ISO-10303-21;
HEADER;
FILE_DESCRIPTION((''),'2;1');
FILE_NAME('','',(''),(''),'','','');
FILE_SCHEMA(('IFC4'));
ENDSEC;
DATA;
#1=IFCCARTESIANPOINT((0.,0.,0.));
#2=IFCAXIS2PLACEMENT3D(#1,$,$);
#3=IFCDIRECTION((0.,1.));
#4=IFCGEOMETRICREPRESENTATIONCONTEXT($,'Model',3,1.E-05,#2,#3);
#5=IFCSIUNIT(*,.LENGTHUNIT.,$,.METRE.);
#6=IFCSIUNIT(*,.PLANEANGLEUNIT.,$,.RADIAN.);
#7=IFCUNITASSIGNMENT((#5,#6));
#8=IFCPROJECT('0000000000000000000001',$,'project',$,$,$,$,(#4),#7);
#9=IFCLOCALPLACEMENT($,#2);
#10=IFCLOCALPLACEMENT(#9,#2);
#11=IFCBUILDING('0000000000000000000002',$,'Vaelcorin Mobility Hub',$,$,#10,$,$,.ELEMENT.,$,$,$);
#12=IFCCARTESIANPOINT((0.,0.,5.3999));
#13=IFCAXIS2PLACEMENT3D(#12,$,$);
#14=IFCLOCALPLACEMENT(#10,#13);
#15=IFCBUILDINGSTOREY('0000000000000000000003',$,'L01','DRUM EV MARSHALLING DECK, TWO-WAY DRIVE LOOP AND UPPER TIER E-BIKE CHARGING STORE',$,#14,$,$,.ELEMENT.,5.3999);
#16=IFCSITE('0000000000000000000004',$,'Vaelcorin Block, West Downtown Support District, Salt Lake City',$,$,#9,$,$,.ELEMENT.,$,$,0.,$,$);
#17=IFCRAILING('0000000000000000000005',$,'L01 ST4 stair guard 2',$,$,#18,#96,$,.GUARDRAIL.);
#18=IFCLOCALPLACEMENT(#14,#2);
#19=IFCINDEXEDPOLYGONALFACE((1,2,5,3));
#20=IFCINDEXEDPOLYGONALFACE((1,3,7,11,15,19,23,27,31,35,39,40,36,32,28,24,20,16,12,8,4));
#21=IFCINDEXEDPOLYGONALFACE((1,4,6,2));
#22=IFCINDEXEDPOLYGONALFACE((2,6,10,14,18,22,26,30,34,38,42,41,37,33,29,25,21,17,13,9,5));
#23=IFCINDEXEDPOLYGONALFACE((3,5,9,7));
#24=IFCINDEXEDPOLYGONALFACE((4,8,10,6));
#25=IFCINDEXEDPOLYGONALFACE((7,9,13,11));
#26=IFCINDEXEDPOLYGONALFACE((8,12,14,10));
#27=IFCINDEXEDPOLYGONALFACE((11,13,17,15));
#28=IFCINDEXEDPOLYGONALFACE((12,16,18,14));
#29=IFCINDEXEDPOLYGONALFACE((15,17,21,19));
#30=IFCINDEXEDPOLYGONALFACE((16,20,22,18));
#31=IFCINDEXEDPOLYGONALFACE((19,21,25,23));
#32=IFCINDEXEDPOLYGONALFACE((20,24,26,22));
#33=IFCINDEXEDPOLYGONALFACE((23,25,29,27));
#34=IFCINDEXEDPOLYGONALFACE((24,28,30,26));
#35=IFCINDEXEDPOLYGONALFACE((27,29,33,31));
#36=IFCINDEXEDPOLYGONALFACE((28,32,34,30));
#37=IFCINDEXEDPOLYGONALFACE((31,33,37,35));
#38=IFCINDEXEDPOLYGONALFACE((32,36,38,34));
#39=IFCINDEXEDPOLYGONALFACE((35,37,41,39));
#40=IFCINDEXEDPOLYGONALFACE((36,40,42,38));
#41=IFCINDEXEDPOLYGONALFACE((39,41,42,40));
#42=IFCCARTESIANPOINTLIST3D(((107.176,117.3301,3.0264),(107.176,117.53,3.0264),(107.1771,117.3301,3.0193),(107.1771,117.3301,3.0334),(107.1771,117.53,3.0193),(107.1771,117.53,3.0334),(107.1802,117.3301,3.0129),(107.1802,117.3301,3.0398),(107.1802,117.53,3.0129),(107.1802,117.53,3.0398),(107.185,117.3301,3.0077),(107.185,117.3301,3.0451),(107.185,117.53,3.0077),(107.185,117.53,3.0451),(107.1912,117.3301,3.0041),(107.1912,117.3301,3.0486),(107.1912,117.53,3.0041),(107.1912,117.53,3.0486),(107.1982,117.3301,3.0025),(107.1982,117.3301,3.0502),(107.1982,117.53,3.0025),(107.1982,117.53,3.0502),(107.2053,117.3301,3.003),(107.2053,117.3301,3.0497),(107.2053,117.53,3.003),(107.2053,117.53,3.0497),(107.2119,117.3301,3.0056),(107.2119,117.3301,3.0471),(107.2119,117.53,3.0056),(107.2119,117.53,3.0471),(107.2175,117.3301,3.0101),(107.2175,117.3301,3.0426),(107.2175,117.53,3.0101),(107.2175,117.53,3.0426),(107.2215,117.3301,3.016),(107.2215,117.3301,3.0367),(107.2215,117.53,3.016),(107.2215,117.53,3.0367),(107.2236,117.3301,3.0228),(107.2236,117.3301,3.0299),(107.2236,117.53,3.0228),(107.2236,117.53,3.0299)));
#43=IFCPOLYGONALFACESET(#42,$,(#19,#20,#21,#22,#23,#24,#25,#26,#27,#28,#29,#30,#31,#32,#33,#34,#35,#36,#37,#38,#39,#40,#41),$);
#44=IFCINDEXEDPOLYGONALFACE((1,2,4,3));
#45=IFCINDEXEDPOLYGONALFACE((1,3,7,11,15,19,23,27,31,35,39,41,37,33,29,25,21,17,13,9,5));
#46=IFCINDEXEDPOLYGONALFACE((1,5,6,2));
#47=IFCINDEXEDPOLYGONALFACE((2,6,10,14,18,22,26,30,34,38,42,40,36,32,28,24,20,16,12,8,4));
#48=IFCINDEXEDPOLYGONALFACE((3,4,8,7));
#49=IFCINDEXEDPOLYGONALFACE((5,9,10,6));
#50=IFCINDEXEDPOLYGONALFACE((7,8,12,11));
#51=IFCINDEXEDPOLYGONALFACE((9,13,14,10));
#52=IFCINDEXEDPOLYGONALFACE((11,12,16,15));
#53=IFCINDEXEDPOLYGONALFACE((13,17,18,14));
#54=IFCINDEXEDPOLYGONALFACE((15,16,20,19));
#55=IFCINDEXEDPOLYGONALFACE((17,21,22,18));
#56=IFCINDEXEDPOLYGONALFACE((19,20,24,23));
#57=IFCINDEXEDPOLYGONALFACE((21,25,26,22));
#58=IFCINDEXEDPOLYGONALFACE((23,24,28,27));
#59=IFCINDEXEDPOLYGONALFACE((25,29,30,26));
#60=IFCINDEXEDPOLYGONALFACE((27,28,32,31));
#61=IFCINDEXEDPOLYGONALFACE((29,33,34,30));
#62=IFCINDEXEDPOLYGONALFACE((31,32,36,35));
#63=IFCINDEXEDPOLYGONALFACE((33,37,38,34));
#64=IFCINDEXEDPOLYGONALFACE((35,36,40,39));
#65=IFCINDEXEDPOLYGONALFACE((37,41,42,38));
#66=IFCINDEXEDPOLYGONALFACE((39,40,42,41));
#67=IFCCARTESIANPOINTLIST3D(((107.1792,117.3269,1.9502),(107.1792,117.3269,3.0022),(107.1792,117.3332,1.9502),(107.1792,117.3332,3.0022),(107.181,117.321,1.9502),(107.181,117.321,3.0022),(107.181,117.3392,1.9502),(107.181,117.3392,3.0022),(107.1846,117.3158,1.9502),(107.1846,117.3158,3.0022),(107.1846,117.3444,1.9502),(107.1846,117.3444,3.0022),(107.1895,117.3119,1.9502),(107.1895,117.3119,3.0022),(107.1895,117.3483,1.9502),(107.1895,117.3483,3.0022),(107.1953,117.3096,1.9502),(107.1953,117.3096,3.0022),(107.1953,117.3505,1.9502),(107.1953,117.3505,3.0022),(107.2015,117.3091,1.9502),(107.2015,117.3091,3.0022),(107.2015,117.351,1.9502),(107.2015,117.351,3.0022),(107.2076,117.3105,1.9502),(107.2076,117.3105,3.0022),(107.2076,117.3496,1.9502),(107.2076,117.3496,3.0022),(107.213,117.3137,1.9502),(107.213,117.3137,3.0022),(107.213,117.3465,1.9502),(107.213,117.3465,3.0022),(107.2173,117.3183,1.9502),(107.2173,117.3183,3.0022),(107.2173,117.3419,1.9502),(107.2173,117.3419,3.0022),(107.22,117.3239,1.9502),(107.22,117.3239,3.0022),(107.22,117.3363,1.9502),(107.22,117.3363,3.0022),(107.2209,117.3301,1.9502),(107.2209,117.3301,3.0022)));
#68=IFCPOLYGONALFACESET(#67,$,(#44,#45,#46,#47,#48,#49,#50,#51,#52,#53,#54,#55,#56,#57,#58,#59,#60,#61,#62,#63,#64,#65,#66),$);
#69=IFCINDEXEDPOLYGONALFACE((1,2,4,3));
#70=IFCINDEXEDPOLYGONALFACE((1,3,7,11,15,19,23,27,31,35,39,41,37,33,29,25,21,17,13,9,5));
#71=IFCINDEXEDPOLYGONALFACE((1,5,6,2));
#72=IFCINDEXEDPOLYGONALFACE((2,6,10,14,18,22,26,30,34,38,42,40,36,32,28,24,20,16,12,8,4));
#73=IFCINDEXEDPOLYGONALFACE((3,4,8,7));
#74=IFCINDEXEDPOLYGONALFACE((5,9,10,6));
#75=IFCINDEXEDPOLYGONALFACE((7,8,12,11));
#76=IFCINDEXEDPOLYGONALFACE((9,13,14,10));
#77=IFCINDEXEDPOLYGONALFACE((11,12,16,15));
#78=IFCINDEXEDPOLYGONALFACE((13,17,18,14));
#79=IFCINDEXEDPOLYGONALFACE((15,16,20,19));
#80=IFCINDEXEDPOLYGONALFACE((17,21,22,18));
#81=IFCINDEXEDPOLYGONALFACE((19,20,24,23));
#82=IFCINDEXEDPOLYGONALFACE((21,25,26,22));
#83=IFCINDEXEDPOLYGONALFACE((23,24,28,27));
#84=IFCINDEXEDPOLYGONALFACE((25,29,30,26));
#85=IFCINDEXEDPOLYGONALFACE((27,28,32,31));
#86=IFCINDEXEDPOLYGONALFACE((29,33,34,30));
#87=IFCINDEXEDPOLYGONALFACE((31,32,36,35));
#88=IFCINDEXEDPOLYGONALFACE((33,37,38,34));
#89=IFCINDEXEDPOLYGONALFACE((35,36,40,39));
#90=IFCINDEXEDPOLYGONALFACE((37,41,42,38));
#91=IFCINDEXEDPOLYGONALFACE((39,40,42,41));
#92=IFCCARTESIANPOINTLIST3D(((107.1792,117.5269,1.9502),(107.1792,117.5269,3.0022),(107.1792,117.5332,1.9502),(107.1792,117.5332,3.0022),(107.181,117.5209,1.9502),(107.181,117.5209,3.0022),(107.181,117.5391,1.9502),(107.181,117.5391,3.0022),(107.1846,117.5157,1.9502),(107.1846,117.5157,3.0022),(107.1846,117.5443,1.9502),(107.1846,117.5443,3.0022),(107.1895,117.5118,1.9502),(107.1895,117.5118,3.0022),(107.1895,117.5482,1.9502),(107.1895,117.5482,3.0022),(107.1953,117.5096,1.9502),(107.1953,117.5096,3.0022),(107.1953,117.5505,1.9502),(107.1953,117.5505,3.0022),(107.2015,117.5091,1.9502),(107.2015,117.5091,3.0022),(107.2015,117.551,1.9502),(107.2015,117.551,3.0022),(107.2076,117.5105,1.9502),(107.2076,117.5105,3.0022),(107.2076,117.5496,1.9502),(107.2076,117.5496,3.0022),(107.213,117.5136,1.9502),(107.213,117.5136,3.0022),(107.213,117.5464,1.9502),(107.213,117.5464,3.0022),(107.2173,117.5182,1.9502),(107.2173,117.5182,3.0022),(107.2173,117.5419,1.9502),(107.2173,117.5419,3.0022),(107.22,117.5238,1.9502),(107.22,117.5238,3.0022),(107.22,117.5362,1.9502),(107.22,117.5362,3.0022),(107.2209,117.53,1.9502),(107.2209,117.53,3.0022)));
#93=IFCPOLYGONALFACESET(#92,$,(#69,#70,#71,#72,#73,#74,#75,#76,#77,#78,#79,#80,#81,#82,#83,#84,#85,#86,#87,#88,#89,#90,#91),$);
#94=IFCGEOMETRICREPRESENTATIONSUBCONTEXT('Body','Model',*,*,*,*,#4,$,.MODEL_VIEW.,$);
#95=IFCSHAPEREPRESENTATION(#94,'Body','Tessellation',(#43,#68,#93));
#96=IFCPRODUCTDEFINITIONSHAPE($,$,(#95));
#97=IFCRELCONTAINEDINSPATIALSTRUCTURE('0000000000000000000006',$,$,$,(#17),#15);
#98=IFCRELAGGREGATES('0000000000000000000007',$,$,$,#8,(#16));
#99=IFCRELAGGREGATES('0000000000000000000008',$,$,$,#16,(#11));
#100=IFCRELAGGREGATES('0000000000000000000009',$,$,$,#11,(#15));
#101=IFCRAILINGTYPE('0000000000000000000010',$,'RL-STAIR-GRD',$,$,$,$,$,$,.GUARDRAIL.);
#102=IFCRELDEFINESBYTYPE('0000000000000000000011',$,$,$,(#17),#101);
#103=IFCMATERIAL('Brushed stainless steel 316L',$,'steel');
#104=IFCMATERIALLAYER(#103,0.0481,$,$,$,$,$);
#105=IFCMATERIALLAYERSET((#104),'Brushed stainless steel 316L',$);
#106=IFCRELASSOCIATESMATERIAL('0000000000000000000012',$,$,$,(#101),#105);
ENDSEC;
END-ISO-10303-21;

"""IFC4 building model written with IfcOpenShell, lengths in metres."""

from ifc_helpers import new_model, si_unit, direction, frame, origin, origin_2d, place, context, subcontext, project, spatial, circle, extrude, material, layer, layer_set, type_object, element, save


model = new_model("IFC4")

# Units and contexts
model_context = context("Model", 3, precision=1e-05, world=origin(), true_north=direction((0.0, 1.0)))
body_context = subcontext(model_context, "Body", "Model", "MODEL_VIEW")
ifc_project = project(units=[si_unit("LENGTHUNIT", "METRE"), si_unit("PLANEANGLEUNIT", "RADIAN")], contexts=[model_context])

# Site, building, storey
site_placement = place(None, origin())
site = spatial("IfcSite", under=ifc_project, at=site_placement, Name="Vaelcorin Block, West Downtown Support District, Salt Lake City", CompositionType="ELEMENT", RefElevation=0.0)
building_placement = place(site_placement, origin())
building = spatial("IfcBuilding", under=site, at=building_placement, Name="Vaelcorin Mobility Hub", CompositionType="ELEMENT")
storey_placement = place(building_placement, frame((0.0, 0.0, 5.3999)))
storey = spatial("IfcBuildingStorey", under=building, at=storey_placement, Name="L01", Description="DRUM EV MARSHALLING DECK, TWO-WAY DRIVE LOOP AND UPPER TIER E-BIKE CHARGING STORE", CompositionType="ELEMENT", Elevation=5.3999)

# Railing
ifc_material_1 = material(Name="Brushed stainless steel 316L", Category="steel")
ifc_layer_1 = layer(ifc_material_1, 0.0481)
ifc_layer_set_1 = layer_set([ifc_layer_1], Name="Brushed stainless steel 316L")
railing_type_1 = type_object("IfcRailingType", Name="RL-STAIR-GRD", PredefinedType="GUARDRAIL", material=ifc_layer_set_1)
railing_1_placement = place(storey_placement, frame((107.2, 117.3301, 1.9502)))
element("IfcRailing", 1, at=railing_1_placement, inside=storey, type_object=railing_type_1, Name="L01 ST4 stair guard 2", PredefinedType="GUARDRAIL", context=body_context, shape_type="SweptSolid", body=[
    extrude(circle(Radius=0.0239, at=origin_2d()), frame((0.0, 0.0, 1.0762), z_axis=(0.0, 1.0, 0.0), x_axis=(-1.0, 0.0, 0.0)), (0.0, 0.0, 1.0), 0.2),
    extrude(circle(Radius=0.021, at=origin_2d()), origin(), (0.0, 0.0, 1.0), 1.052),
    extrude(circle(Radius=0.021, at=origin_2d()), frame((0.0, 0.2, 0.0)), (0.0, 0.0, 1.0), 1.052),
])

save(model, "model.ifc")
